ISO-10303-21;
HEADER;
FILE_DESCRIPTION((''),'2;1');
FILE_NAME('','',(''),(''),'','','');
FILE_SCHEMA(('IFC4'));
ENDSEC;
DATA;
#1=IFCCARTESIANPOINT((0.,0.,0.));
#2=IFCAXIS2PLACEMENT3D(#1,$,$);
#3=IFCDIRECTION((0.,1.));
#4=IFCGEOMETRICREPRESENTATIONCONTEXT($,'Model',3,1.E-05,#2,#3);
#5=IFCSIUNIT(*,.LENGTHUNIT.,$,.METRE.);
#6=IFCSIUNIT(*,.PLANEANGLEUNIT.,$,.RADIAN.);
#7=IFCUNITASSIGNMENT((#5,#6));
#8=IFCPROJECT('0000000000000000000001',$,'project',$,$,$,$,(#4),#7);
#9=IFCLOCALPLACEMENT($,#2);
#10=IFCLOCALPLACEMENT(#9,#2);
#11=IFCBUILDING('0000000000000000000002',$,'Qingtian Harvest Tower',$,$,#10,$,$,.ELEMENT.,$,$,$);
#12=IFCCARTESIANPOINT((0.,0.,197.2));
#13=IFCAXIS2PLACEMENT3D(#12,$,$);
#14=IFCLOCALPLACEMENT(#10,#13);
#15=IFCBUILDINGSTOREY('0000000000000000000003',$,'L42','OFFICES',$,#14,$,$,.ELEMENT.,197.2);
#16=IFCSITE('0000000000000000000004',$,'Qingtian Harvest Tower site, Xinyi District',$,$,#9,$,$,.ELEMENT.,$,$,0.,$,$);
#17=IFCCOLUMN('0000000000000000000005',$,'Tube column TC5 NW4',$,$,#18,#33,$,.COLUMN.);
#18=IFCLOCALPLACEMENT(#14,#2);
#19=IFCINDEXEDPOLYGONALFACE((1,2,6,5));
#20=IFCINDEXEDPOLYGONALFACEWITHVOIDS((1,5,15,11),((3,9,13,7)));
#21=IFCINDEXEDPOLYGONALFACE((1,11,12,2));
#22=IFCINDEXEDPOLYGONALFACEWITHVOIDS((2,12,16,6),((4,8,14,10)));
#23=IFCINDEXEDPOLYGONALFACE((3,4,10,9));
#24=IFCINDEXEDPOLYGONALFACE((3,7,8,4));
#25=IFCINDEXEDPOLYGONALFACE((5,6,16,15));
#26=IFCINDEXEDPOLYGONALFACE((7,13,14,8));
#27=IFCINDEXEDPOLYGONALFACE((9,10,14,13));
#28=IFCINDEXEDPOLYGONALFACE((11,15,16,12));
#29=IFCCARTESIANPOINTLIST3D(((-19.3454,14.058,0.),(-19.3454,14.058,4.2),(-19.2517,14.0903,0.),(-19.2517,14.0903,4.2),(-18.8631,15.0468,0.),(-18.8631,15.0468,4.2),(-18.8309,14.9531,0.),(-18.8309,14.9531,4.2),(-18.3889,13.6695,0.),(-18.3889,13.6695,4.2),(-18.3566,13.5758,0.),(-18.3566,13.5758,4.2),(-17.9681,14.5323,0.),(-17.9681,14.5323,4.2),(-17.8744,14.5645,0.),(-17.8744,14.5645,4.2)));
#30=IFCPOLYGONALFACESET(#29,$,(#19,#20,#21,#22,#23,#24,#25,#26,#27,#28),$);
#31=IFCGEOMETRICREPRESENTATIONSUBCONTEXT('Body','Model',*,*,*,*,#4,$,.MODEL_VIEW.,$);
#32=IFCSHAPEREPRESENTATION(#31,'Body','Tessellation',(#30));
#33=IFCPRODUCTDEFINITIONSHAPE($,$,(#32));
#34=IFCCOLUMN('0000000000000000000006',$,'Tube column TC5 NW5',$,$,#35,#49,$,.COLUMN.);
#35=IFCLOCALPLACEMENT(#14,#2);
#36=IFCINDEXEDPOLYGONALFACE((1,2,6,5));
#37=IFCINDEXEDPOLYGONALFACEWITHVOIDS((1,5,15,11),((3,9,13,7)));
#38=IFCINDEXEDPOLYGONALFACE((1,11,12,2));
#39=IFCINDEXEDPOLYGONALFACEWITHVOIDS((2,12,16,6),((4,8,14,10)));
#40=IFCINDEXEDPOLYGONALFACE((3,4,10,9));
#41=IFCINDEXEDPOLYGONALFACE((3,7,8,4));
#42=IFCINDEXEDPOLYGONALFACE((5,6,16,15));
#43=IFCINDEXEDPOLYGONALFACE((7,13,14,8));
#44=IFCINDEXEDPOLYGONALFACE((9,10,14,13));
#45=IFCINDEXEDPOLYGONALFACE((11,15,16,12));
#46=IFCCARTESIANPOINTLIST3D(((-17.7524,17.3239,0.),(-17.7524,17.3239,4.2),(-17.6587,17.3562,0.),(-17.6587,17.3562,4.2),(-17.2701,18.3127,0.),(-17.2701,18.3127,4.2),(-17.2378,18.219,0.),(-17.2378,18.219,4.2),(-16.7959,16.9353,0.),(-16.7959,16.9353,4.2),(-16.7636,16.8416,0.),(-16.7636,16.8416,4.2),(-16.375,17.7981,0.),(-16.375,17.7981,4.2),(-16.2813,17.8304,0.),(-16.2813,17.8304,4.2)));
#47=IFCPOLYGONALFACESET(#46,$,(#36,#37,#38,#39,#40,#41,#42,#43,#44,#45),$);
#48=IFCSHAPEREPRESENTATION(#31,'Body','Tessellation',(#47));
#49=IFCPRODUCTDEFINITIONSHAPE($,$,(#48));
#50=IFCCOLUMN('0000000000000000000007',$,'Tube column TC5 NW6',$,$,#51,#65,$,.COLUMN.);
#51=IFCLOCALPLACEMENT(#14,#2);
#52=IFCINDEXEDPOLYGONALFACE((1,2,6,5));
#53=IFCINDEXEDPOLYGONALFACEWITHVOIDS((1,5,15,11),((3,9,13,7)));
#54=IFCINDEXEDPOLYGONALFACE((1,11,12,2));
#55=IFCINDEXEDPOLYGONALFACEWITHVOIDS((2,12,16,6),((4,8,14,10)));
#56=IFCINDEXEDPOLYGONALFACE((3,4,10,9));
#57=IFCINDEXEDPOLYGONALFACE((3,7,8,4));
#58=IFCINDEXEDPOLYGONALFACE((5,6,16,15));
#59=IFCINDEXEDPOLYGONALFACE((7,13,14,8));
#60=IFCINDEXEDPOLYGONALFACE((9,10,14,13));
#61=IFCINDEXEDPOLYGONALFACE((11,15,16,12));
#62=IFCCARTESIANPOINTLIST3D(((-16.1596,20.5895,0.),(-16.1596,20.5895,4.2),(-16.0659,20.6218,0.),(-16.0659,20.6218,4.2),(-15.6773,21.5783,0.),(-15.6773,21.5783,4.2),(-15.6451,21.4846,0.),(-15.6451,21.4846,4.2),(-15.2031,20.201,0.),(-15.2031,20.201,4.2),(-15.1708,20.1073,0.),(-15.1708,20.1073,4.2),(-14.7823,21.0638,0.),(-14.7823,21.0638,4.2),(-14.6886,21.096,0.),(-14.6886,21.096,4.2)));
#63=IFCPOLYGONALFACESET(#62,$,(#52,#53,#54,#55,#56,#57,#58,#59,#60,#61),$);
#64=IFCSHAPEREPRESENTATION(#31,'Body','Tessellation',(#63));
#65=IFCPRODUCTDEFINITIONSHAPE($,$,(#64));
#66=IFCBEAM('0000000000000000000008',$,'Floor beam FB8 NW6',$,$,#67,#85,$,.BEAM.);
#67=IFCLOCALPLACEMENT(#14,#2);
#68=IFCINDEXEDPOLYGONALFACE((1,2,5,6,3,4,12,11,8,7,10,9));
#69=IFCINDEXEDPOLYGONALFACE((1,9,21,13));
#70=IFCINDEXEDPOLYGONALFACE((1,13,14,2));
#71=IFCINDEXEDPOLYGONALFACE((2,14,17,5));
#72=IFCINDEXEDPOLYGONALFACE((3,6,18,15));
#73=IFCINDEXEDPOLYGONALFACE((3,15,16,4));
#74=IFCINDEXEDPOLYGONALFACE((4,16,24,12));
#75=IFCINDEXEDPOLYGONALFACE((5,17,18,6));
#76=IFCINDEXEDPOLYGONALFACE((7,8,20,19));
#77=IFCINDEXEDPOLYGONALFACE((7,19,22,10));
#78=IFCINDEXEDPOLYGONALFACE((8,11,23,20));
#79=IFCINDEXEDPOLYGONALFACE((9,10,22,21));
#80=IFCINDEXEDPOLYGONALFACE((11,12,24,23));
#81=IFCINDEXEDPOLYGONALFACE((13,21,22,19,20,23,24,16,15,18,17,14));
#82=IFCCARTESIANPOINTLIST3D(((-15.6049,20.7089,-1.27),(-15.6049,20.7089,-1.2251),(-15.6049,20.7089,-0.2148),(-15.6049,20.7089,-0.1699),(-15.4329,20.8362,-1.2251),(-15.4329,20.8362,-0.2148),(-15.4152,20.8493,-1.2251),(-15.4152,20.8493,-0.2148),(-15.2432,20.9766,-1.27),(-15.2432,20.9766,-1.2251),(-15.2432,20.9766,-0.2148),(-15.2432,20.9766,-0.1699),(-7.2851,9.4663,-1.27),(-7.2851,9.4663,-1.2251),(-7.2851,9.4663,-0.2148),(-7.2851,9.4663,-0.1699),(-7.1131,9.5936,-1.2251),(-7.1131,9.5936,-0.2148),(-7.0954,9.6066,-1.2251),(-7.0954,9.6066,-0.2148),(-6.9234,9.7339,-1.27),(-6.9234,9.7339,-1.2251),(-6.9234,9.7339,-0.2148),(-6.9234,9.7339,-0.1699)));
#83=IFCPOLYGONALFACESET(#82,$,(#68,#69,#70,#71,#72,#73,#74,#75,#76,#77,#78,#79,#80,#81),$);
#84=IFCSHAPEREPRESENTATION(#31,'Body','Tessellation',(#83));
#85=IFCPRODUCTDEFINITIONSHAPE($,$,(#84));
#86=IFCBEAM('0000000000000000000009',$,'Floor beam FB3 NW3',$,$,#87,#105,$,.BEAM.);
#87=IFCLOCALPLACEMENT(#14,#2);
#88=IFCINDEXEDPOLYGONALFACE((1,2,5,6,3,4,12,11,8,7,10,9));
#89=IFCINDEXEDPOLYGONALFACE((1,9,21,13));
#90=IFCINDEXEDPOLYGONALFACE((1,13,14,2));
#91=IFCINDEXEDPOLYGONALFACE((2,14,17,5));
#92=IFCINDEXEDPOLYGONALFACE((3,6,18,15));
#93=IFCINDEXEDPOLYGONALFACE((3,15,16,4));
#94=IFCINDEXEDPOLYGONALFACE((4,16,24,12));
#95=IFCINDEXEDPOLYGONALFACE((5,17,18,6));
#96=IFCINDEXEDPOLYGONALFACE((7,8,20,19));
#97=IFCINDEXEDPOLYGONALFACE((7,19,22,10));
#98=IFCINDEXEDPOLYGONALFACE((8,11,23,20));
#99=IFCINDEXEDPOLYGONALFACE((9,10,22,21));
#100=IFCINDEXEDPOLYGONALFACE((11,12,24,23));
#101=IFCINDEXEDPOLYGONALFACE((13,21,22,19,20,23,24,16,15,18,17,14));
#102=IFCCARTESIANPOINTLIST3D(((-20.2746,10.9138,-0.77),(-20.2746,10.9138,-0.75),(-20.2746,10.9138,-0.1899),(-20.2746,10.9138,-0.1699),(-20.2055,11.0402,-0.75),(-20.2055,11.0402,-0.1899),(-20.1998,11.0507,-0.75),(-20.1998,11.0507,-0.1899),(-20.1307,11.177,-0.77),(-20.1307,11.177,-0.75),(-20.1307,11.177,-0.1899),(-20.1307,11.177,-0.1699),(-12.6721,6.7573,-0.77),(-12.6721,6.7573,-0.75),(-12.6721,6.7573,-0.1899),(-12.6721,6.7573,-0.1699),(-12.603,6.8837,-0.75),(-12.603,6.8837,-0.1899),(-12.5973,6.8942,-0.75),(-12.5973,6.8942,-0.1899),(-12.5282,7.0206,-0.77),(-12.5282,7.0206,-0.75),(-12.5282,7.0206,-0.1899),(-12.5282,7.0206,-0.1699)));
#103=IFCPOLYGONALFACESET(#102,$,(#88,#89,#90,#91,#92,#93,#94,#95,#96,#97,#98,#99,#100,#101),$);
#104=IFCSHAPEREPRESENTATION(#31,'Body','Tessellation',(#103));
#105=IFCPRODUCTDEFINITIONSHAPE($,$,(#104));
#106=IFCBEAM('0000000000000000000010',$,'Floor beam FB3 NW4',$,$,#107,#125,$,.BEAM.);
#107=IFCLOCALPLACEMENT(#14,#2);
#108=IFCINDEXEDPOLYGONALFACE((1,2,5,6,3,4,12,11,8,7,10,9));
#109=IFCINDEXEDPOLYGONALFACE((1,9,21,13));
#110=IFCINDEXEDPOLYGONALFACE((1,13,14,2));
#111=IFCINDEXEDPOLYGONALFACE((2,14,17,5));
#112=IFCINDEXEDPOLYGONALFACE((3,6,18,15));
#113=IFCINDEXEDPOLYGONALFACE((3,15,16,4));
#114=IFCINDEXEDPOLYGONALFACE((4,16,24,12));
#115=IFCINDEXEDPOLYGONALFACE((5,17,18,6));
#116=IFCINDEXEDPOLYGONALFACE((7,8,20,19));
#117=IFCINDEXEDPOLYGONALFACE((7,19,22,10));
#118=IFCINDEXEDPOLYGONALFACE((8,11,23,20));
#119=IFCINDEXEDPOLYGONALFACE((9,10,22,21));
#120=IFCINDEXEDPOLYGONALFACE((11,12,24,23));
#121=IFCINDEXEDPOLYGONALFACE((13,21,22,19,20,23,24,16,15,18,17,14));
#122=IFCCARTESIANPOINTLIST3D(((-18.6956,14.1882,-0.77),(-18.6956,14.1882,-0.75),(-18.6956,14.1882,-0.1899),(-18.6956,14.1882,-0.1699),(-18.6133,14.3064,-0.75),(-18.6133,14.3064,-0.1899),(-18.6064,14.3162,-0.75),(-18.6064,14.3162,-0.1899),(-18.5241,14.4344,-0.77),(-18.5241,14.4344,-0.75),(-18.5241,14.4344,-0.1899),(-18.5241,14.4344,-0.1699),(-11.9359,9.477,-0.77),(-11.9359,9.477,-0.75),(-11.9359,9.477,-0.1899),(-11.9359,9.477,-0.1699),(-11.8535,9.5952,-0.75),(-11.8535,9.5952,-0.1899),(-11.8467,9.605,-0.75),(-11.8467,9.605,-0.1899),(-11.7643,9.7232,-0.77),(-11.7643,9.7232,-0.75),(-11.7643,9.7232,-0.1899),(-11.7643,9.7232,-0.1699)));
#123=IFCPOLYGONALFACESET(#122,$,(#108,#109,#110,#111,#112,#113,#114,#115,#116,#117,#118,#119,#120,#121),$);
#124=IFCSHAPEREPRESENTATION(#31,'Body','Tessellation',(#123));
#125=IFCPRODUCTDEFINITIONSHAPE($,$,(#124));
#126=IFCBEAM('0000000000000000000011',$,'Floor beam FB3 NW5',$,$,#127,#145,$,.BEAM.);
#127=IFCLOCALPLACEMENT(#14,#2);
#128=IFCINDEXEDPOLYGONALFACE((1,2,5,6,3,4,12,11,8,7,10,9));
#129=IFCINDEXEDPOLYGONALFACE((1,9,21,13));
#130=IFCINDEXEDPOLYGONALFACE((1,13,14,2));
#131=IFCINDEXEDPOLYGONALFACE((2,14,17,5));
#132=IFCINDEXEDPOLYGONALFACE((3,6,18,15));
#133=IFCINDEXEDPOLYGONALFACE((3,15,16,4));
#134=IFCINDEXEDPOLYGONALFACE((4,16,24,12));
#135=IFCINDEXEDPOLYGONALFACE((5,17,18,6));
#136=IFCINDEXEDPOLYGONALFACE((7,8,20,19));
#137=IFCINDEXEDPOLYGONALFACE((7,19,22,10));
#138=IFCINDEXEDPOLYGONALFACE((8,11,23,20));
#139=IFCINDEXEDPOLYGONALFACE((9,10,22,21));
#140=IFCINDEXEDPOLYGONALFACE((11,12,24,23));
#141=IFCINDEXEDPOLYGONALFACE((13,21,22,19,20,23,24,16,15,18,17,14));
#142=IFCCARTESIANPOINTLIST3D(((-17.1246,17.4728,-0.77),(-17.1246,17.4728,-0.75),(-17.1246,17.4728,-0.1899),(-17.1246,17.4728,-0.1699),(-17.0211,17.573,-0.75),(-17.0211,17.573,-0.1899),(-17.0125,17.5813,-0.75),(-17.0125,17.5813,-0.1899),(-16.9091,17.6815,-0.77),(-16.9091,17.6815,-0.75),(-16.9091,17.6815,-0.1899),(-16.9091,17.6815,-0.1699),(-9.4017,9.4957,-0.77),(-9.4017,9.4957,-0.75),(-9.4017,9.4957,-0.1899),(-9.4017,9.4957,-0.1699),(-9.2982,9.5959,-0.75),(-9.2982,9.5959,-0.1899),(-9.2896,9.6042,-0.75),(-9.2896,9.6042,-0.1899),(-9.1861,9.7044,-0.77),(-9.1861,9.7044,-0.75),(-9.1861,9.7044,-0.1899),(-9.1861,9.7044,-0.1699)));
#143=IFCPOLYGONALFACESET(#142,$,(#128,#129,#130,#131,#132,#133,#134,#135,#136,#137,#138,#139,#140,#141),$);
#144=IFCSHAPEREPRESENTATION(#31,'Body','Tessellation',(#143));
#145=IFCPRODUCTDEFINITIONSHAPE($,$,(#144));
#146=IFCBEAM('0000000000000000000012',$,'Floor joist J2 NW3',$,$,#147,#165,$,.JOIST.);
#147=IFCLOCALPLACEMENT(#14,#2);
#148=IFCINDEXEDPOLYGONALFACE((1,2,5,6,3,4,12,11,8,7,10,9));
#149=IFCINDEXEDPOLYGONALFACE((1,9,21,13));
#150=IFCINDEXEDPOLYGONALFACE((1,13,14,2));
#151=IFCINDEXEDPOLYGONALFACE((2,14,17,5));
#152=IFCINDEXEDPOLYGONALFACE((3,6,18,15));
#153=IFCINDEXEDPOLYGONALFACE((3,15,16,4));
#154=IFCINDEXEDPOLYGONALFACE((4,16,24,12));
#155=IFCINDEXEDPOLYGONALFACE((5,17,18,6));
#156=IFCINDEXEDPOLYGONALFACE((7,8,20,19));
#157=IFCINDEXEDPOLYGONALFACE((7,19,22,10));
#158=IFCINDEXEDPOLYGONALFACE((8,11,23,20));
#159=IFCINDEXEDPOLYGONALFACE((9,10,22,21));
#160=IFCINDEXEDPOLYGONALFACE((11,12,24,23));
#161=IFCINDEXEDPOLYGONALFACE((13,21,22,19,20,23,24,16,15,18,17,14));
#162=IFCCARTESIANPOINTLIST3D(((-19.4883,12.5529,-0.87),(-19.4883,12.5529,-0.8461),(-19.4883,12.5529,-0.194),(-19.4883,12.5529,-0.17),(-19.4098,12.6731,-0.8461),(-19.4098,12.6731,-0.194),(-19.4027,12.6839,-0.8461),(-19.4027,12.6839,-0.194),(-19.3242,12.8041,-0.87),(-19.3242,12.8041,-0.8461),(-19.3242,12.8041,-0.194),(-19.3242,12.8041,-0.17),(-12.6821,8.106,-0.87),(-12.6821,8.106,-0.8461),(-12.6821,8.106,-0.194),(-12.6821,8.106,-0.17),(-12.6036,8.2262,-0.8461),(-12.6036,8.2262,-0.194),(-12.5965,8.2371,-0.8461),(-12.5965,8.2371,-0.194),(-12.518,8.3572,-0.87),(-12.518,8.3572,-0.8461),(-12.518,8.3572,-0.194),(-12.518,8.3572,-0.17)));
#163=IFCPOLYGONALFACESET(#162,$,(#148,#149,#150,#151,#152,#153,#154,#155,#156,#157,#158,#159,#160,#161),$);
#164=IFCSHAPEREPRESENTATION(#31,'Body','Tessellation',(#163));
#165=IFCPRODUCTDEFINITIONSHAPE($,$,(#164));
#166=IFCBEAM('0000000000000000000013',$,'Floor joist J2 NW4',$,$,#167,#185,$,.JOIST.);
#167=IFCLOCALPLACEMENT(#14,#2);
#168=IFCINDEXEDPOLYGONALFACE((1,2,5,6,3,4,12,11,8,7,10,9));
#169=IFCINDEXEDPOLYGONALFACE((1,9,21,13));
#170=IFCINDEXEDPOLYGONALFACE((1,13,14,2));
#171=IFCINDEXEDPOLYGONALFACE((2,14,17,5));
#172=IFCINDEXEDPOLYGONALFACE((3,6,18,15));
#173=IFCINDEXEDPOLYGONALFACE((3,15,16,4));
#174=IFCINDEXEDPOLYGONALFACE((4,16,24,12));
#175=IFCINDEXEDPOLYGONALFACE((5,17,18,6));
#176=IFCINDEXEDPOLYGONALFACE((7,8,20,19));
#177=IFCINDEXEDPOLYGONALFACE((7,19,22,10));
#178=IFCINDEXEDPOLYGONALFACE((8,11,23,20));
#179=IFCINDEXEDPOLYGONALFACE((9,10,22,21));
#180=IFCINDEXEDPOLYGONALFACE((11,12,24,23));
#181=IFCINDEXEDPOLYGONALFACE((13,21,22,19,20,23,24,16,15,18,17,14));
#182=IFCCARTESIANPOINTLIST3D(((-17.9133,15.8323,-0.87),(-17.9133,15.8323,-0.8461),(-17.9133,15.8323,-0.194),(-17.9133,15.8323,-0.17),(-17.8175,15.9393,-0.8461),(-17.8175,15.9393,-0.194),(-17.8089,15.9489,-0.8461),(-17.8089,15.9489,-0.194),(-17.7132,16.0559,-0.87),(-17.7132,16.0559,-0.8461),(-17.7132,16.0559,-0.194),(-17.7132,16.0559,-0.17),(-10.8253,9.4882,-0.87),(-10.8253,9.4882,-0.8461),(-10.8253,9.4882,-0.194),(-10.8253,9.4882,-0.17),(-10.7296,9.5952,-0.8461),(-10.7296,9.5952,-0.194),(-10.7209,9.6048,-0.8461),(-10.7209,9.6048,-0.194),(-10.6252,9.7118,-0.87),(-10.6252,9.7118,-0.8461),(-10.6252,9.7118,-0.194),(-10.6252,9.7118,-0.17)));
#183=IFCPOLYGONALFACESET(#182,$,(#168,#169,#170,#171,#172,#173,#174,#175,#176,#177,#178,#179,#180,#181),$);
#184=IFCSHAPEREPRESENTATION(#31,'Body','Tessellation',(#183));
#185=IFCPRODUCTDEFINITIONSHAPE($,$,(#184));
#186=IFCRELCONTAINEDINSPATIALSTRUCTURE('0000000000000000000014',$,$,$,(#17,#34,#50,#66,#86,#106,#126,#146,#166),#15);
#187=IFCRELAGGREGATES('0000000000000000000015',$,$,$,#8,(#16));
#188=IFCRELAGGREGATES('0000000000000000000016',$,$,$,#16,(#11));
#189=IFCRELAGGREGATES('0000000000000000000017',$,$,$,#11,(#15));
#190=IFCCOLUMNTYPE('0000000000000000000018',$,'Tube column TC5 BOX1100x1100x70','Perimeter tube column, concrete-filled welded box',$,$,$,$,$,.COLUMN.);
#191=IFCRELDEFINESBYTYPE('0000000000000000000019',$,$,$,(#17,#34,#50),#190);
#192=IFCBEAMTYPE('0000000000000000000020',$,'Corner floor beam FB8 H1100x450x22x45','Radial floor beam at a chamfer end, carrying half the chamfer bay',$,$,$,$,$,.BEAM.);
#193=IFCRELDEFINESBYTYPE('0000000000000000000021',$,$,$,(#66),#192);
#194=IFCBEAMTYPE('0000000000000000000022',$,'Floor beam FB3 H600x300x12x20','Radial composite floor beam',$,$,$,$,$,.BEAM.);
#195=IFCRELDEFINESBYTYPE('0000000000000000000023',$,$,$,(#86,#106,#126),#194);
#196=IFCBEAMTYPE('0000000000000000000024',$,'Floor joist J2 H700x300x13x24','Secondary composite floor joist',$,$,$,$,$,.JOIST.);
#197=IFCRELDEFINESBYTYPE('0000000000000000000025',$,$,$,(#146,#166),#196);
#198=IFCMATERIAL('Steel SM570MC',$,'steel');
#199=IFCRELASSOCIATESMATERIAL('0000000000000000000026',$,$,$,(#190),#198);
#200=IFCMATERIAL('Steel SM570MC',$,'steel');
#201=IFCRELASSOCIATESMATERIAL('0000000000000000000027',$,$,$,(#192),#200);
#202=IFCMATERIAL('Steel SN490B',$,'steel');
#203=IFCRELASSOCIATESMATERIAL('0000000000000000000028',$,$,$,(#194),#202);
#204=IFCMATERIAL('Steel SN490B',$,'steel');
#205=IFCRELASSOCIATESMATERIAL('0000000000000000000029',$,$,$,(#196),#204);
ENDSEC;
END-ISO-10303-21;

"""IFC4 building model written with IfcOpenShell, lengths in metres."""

from ifc_helpers import new_model, si_unit, direction, frame, origin, origin_2d, place, context, subcontext, project, spatial, hollow_rectangle, i_section, extrude, material, material_profile, profile_set, type_object, element, save


model = new_model("IFC4")

# Units and contexts
model_context = context("Model", 3, precision=1e-05, world=origin(), true_north=direction((0.0, 1.0)))
body_context = subcontext(model_context, "Body", "Model", "MODEL_VIEW")
ifc_project = project(units=[si_unit("LENGTHUNIT", "METRE"), si_unit("PLANEANGLEUNIT", "RADIAN")], contexts=[model_context])

# Site, building, storey
site_placement = place(None, origin())
site = spatial("IfcSite", under=ifc_project, at=site_placement, Name="Qingtian Harvest Tower site, Xinyi District", CompositionType="ELEMENT", RefElevation=0.0)
building_placement = place(site_placement, origin())
building = spatial("IfcBuilding", under=site, at=building_placement, Name="Qingtian Harvest Tower", CompositionType="ELEMENT")
storey_placement = place(building_placement, frame((0.0, 0.0, 197.2)))
storey = spatial("IfcBuildingStorey", under=building, at=storey_placement, Name="L42", Description="OFFICES", CompositionType="ELEMENT", Elevation=197.2)

# Columns
ifc_material_1 = material(Name="Steel SM570MC", Category="steel")
ifc_material_profile_1 = material_profile(ifc_material_1, hollow_rectangle(XDim=1.1001, YDim=1.1001, WallThickness=0.0701, at=origin_2d()), Name="BOX1100x1100x70")
ifc_profile_set_1 = profile_set([ifc_material_profile_1], Name="Steel SM570MC")
column_type = type_object("IfcColumnType", Name="Tube column TC5 BOX1100x1100x70", Description="Perimeter tube column, concrete-filled welded box", PredefinedType="COLUMN", material=ifc_profile_set_1)
for number, where, z_axis, x_axis, name in (
    (1, (-18.6099, 14.3113, 0.0), (0.0, 0.0, 1.0), (-0.438371, -0.898794, 0.0), "Tube column TC5 NW4"),
    (2, (-17.0168, 17.5771, 0.0), (0.0, 0.0, 1.0), (-0.438371, -0.898794, 0.0), "Tube column TC5 NW5"),
    (3, (-15.4241, 20.8428, 0.0), (0.0, 0.0, 1.0), (-0.438371, -0.898794, 0.0), "Tube column TC5 NW6"),
):
    element("IfcColumn", number, at=place(storey_placement, frame(where, z_axis=z_axis, x_axis=x_axis)), inside=storey, type_object=column_type, Name=name, PredefinedType="COLUMN", context=body_context, shape_type="SweptSolid", body=[
        extrude(hollow_rectangle(XDim=1.1001, YDim=1.1001, WallThickness=0.0701, at=origin_2d()), origin(), (0.0, 0.0, 1.0), 4.2),
    ])

# Beams
ifc_material_2 = material(Name="Steel SM570MC", Category="steel")
ifc_material_profile_2 = material_profile(ifc_material_2, i_section(OverallWidth=0.45, OverallDepth=1.1001, WebThickness=0.022, FlangeThickness=0.0449, at=origin_2d()), Name="H1100x450x22x45")
ifc_profile_set_2 = profile_set([ifc_material_profile_2], Name="Steel SM570MC")
beam_type_1 = type_object("IfcBeamType", Name="Corner floor beam FB8 H1100x450x22x45", Description="Radial floor beam at a chamfer end, carrying half the chamfer bay", PredefinedType="BEAM", material=ifc_profile_set_2)
beam_1_placement = place(storey_placement, frame((-15.4241, 20.8428, -0.72), z_axis=(0.594854, -0.803834, 0.0), x_axis=(0.803834, 0.594854, 0.0)))
element("IfcBeam", 4, at=beam_1_placement, inside=storey, type_object=beam_type_1, Name="Floor beam FB8 NW6", PredefinedType="BEAM", context=body_context, shape_type="SweptSolid", body=[
    extrude(i_section(OverallWidth=0.45, OverallDepth=1.1001, WebThickness=0.022, FlangeThickness=0.0449, at=origin_2d()), origin(), (0.0, 0.0, 1.0), 13.9863),
])
ifc_material_3 = material(Name="Steel SN490B", Category="steel")
ifc_material_profile_3 = material_profile(ifc_material_3, i_section(OverallWidth=0.3, OverallDepth=0.6001, WebThickness=0.012, FlangeThickness=0.02, at=origin_2d()), Name="H600x300x12x20")
ifc_profile_set_3 = profile_set([ifc_material_profile_3], Name="Steel SN490B")
beam_type_2 = type_object("IfcBeamType", Name="Floor beam FB3 H600x300x12x20", Description="Radial composite floor beam", PredefinedType="BEAM", material=ifc_profile_set_3)
beam_2_placement = place(storey_placement, frame((-20.2026, 11.0454, -0.47), z_axis=(0.877427, -0.479711, 0.0), x_axis=(0.479711, 0.877427, 0.0)))
element("IfcBeam", 5, at=beam_2_placement, inside=storey, type_object=beam_type_2, Name="Floor beam FB3 NW3", PredefinedType="BEAM", context=body_context, shape_type="SweptSolid", body=[
    extrude(i_section(OverallWidth=0.3, OverallDepth=0.6001, WebThickness=0.012, FlangeThickness=0.02, at=origin_2d()), origin(), (0.0, 0.0, 1.0), 8.6646),
])
beam_3_placement = place(storey_placement, frame((-18.6099, 14.3113, -0.47), z_axis=(0.820408, -0.571779, 0.0), x_axis=(0.571779, 0.820408, 0.0)))
element("IfcBeam", 6, at=beam_3_placement, inside=storey, type_object=beam_type_2, Name="Floor beam FB3 NW4", PredefinedType="BEAM", context=body_context, shape_type="SweptSolid", body=[
    extrude(i_section(OverallWidth=0.3, OverallDepth=0.6001, WebThickness=0.012, FlangeThickness=0.02, at=origin_2d()), origin(), (0.0, 0.0, 1.0), 8.2395),
])
beam_4_placement = place(storey_placement, frame((-17.0168, 17.5771, -0.47), z_axis=(0.695569, -0.718459, 0.0), x_axis=(0.718459, 0.695569, 0.0)))
element("IfcBeam", 7, at=beam_4_placement, inside=storey, type_object=beam_type_2, Name="Floor beam FB3 NW5", PredefinedType="BEAM", context=body_context, shape_type="SweptSolid", body=[
    extrude(i_section(OverallWidth=0.3, OverallDepth=0.6001, WebThickness=0.012, FlangeThickness=0.02, at=origin_2d()), origin(), (0.0, 0.0, 1.0), 11.103),
])
ifc_material_4 = material(Name="Steel SN490B", Category="steel")
ifc_material_profile_4 = material_profile(ifc_material_4, i_section(OverallWidth=0.3, OverallDepth=0.7, WebThickness=0.0129, FlangeThickness=0.0239, at=origin_2d()), Name="H700x300x13x24")
ifc_profile_set_4 = profile_set([ifc_material_profile_4], Name="Steel SN490B")
beam_type_3 = type_object("IfcBeamType", Name="Floor joist J2 H700x300x13x24", Description="Secondary composite floor joist", PredefinedType="JOIST", material=ifc_profile_set_4)
beam_5_placement = place(storey_placement, frame((-19.4062, 12.6785, -0.52), z_axis=(0.837161, -0.546956, 0.0), x_axis=(0.546956, 0.837161, 0.0)))
element("IfcBeam", 8, at=beam_5_placement, inside=storey, type_object=beam_type_3, Name="Floor joist J2 NW3", PredefinedType="JOIST", context=body_context, shape_type="SweptSolid", body=[
    extrude(i_section(OverallWidth=0.3, OverallDepth=0.7, WebThickness=0.0129, FlangeThickness=0.0239, at=origin_2d()), origin(), (0.0, 0.0, 1.0), 8.1301),
])
beam_6_placement = place(storey_placement, frame((-17.8132, 15.9441, -0.52), z_axis=(0.745127, -0.666923, 0.0), x_axis=(0.666923, 0.745127, 0.0)))
element("IfcBeam", 9, at=beam_6_placement, inside=storey, type_object=beam_type_3, Name="Floor joist J2 NW4", PredefinedType="JOIST", context=body_context, shape_type="SweptSolid", body=[
    extrude(i_section(OverallWidth=0.3, OverallDepth=0.7, WebThickness=0.0129, FlangeThickness=0.0239, at=origin_2d()), origin(), (0.0, 0.0, 1.0), 9.5125),
])

save(model, "model.ifc")
